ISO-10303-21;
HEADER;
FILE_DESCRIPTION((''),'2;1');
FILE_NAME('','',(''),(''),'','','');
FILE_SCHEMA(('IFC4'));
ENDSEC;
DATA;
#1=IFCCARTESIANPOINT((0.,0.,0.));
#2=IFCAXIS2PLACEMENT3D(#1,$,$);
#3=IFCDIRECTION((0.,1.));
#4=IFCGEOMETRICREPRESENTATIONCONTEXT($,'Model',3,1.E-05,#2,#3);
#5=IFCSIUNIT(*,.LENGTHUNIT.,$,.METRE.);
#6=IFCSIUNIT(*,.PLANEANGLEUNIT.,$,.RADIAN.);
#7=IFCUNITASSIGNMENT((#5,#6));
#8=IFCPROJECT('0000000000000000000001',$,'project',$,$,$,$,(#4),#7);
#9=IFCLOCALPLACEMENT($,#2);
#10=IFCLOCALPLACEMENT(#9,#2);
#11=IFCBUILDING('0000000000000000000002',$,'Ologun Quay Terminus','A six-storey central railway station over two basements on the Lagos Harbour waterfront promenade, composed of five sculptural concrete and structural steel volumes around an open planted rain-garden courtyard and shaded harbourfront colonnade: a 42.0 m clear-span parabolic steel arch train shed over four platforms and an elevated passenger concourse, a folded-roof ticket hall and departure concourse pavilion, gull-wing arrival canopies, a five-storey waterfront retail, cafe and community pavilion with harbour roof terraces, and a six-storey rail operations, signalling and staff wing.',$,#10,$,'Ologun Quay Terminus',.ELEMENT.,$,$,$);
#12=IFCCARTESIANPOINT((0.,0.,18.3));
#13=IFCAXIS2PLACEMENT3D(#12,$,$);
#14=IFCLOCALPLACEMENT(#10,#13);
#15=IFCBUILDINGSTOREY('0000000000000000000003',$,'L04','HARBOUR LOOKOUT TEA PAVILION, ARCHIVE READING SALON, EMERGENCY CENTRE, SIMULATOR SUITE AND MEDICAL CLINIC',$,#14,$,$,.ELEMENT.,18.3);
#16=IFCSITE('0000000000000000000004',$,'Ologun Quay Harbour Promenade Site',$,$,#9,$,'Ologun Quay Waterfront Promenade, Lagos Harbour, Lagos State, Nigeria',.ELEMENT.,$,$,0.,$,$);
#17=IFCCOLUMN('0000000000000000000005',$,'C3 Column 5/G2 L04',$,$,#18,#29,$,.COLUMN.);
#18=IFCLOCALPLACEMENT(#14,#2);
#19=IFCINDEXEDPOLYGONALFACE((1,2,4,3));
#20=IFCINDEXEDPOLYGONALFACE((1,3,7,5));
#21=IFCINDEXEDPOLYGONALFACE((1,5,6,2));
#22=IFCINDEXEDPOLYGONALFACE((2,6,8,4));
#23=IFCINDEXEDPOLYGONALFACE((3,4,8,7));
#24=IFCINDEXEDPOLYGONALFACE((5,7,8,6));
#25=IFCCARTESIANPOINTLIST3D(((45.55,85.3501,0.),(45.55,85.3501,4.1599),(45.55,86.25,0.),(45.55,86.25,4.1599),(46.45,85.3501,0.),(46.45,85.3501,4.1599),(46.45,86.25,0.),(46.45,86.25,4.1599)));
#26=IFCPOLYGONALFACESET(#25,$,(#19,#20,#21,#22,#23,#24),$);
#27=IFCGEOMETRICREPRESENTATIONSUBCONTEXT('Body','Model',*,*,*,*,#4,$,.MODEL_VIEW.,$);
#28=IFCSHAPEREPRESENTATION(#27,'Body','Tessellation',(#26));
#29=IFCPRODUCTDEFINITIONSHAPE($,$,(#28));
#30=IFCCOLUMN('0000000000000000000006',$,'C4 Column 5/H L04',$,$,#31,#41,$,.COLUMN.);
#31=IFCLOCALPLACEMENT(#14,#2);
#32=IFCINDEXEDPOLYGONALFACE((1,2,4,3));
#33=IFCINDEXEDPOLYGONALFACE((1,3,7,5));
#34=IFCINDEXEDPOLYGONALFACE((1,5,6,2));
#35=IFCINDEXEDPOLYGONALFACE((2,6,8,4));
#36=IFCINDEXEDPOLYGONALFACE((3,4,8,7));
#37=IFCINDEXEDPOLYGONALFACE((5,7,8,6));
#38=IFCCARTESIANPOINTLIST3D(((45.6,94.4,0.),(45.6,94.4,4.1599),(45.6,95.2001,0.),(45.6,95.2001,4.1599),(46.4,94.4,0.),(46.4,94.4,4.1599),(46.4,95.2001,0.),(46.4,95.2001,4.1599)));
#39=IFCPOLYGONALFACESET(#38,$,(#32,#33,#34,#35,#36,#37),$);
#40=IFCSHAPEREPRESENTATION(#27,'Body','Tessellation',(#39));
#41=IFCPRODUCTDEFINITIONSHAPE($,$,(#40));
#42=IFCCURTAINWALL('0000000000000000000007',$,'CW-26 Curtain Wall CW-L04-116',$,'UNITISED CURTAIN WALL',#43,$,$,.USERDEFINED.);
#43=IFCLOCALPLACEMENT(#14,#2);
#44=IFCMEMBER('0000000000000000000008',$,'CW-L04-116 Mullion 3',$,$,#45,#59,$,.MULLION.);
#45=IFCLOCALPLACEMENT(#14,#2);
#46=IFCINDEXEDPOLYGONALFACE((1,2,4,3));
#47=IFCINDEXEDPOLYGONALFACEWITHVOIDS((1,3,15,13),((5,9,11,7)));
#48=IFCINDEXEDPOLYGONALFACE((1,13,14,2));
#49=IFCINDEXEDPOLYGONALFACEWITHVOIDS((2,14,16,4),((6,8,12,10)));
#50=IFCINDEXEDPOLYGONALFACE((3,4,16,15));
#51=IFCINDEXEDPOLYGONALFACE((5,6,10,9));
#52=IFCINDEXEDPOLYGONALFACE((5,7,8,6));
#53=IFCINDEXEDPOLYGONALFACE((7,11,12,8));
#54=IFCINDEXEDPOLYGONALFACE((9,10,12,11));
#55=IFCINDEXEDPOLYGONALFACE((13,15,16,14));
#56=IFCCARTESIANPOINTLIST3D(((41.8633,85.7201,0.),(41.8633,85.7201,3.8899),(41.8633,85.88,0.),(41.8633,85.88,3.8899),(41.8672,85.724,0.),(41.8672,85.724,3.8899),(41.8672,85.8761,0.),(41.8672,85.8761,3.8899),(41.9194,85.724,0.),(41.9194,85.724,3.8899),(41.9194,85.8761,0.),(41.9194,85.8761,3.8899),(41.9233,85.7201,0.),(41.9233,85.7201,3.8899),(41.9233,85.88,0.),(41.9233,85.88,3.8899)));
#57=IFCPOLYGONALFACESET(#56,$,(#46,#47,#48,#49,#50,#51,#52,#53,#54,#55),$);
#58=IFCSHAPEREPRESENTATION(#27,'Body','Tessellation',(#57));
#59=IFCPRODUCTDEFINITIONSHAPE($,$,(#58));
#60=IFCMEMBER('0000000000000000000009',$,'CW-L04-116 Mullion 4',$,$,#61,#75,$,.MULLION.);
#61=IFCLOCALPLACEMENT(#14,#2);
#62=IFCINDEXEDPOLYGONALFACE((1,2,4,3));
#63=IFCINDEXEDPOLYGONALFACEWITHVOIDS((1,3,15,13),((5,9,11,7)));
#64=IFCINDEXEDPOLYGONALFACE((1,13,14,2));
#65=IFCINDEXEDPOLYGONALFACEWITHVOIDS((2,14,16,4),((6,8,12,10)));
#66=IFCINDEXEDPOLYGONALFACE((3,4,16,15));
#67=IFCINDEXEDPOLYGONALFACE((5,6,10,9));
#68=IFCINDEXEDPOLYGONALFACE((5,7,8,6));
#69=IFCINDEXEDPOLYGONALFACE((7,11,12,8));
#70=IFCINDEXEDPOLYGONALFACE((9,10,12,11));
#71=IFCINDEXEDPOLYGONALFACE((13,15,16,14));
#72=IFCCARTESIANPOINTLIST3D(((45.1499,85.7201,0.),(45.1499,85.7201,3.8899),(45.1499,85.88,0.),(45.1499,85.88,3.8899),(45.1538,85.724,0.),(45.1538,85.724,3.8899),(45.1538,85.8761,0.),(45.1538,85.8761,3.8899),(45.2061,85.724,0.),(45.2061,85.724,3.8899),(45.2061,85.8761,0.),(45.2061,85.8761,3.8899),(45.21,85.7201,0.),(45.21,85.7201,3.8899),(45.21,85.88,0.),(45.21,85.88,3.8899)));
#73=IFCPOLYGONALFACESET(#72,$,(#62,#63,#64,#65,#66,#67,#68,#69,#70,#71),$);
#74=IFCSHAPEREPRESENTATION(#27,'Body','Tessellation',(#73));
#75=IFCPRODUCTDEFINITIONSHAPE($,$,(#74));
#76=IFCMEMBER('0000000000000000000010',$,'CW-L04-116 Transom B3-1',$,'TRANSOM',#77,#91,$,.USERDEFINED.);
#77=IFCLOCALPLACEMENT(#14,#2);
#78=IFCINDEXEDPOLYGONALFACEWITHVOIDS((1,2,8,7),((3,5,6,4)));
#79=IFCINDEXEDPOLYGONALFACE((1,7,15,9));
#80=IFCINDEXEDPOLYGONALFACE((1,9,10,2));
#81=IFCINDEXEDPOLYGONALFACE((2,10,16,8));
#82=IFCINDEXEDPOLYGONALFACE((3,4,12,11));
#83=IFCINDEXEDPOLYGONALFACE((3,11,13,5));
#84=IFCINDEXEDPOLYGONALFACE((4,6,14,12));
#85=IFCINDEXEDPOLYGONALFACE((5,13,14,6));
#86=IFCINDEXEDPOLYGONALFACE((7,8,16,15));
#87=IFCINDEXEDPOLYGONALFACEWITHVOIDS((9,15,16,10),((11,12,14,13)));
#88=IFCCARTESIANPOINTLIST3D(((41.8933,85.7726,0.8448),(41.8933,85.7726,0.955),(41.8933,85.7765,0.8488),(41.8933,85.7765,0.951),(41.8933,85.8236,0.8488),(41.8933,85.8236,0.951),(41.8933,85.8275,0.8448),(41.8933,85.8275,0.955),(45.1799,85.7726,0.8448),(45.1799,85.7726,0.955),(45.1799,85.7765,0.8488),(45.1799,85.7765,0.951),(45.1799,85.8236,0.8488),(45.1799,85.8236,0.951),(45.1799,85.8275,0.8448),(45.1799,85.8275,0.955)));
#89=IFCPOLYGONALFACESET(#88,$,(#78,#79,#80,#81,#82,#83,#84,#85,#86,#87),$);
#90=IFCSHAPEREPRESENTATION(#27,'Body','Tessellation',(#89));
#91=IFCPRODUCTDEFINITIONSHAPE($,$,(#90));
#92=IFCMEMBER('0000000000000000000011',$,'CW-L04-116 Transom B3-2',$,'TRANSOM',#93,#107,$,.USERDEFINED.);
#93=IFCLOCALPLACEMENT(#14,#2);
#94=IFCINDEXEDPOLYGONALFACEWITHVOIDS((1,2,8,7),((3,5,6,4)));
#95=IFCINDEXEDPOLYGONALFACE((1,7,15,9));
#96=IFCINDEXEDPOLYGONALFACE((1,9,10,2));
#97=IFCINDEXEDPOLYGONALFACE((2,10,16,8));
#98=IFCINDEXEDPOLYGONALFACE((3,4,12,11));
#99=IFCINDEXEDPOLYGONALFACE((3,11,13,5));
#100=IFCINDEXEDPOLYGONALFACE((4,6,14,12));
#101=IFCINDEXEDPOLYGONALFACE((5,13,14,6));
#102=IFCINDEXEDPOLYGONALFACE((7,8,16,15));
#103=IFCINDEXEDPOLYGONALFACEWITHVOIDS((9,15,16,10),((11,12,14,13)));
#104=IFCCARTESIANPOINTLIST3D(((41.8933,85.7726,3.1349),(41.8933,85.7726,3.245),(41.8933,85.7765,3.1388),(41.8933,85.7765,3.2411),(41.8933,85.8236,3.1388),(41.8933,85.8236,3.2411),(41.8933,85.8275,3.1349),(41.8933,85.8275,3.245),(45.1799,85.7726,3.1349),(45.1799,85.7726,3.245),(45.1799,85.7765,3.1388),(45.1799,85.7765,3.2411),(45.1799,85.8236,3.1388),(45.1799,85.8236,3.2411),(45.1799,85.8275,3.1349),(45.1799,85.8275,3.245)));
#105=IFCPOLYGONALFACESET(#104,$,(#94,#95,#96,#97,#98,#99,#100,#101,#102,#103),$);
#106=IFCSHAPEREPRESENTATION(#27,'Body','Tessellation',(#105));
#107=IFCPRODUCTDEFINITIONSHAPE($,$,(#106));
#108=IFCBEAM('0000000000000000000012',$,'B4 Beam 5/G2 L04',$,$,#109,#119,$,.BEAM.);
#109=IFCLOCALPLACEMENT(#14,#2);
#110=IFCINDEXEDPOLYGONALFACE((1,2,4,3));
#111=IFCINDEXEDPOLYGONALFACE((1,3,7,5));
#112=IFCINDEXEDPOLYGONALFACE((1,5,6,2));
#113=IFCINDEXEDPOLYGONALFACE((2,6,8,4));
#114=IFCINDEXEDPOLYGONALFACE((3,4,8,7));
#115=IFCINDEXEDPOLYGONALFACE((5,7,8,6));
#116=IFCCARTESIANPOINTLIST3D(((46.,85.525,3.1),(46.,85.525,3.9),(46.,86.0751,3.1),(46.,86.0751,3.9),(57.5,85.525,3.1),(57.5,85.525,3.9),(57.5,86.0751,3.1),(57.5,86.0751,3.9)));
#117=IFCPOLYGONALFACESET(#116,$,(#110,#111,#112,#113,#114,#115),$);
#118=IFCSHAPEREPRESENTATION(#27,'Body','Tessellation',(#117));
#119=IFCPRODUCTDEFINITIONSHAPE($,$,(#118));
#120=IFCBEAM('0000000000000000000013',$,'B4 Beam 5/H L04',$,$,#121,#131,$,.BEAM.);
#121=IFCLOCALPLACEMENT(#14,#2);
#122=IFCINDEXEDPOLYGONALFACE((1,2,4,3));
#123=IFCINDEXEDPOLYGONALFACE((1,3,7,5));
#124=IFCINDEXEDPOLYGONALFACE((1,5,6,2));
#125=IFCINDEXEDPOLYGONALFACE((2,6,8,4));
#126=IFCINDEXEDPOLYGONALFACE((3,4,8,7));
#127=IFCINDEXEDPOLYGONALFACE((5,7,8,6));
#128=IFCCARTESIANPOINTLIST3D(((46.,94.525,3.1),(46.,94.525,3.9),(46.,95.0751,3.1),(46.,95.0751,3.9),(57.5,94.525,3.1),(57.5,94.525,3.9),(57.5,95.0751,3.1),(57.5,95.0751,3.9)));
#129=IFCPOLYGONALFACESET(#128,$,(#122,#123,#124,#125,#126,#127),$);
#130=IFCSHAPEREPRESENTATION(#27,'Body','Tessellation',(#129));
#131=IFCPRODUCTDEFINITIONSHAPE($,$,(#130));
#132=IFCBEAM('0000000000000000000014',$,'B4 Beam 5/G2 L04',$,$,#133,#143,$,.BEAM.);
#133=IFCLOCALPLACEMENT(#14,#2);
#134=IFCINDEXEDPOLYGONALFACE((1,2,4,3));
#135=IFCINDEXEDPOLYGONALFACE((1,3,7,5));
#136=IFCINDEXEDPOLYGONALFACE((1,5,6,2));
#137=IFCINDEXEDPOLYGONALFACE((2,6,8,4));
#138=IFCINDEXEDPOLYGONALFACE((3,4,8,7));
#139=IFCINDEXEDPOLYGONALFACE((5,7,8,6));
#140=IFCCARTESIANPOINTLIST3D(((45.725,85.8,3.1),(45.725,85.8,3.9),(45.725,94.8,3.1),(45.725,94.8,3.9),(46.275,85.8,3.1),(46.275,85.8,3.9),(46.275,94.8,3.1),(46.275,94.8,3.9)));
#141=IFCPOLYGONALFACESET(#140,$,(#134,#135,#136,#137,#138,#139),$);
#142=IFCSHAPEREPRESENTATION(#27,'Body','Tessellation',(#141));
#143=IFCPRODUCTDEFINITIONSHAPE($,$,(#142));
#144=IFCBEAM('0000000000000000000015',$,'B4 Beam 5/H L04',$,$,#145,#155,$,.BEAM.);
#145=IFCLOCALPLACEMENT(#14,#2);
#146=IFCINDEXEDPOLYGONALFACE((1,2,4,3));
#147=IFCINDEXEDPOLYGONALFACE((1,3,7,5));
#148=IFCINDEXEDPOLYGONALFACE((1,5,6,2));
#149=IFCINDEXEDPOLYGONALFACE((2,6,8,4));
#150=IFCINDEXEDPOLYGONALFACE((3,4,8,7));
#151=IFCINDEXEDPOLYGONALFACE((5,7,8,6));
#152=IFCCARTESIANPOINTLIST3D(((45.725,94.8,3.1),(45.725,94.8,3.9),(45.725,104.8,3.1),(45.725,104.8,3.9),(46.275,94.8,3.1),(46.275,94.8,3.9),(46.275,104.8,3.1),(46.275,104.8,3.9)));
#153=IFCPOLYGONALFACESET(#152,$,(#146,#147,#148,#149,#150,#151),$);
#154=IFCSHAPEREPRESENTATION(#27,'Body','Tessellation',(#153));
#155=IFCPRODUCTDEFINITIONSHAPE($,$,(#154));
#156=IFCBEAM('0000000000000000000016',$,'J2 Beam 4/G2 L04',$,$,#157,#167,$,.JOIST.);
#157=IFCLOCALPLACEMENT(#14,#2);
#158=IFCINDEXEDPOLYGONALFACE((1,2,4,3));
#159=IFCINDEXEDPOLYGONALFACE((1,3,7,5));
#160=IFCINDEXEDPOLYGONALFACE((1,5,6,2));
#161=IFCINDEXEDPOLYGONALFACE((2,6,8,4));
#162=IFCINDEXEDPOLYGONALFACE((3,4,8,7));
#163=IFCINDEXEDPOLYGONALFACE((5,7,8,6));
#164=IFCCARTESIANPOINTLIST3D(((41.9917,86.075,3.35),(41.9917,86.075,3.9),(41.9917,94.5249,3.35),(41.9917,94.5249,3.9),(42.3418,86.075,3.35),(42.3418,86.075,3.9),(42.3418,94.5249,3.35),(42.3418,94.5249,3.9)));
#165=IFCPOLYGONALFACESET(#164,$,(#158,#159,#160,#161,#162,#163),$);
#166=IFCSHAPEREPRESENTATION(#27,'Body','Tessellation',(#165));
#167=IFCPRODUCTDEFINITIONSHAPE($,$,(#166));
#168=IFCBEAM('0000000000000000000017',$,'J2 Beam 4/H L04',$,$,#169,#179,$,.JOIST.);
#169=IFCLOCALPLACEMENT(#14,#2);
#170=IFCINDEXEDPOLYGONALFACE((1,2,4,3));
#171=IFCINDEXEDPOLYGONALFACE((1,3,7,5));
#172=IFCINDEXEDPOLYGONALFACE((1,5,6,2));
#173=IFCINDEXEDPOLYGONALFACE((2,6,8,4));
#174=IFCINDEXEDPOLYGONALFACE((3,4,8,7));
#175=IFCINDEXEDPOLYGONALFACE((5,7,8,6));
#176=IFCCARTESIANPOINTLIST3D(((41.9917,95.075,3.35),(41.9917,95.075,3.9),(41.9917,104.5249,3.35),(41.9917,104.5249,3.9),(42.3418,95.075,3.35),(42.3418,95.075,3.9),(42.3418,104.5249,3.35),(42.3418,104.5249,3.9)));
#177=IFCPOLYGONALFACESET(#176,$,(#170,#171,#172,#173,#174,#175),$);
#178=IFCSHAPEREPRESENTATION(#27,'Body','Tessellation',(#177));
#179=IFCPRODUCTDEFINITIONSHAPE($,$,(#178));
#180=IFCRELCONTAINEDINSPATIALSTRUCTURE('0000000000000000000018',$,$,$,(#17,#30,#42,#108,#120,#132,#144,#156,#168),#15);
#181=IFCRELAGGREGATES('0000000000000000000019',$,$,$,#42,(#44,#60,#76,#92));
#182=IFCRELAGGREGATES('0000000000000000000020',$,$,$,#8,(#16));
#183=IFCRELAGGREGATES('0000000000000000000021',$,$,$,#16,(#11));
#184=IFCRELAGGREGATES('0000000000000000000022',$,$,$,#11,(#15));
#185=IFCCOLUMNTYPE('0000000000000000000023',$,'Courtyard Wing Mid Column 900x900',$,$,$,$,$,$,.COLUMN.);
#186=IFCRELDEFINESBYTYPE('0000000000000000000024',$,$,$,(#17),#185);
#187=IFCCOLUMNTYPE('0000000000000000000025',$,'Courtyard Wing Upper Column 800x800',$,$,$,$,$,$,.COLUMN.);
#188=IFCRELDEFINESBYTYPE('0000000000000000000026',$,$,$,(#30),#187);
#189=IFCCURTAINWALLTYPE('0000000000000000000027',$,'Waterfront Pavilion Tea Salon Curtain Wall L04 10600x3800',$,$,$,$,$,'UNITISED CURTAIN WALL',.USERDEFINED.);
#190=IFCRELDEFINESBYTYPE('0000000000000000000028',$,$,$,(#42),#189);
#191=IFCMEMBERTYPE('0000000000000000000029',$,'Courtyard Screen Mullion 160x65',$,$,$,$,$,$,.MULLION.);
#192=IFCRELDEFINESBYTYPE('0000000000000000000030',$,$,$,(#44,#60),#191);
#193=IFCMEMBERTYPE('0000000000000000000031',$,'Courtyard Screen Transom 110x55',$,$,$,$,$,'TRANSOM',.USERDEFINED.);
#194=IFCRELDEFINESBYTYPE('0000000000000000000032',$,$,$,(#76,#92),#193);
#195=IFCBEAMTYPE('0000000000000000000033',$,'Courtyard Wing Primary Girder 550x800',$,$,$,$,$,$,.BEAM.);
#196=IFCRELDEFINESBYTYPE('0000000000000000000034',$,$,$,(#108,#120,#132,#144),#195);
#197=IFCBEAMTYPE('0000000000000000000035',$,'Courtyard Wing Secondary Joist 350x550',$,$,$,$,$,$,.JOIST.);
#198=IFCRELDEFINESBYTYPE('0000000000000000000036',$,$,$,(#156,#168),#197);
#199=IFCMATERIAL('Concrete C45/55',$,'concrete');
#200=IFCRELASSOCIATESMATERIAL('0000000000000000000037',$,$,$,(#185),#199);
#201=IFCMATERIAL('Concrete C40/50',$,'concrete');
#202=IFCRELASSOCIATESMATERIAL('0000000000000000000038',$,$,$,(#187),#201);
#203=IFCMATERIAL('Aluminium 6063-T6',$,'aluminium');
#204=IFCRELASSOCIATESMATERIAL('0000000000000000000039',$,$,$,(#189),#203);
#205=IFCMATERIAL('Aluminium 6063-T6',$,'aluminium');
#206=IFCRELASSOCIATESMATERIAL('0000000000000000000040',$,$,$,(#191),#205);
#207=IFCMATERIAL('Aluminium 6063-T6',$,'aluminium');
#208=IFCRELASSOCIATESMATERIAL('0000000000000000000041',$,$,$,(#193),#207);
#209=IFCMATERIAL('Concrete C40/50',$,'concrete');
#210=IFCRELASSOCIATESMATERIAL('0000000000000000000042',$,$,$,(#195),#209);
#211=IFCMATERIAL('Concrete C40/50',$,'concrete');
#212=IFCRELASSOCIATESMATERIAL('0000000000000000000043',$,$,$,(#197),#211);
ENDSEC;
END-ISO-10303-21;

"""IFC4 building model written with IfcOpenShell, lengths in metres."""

from ifc_helpers import new_model, si_unit, direction, frame, origin, origin_2d, place, context, subcontext, project, spatial, rectangle, hollow_rectangle, extrude, material, material_profile, profile_set, type_object, element, aggregate, save


model = new_model("IFC4")

# Units and contexts
model_context = context("Model", 3, precision=1e-05, world=origin(), true_north=direction((0.0, 1.0)))
body_context = subcontext(model_context, "Body", "Model", "MODEL_VIEW")
ifc_project = project(units=[si_unit("LENGTHUNIT", "METRE"), si_unit("PLANEANGLEUNIT", "RADIAN")], contexts=[model_context])

# Site, building, storey
site_placement = place(None, origin())
site = spatial("IfcSite", under=ifc_project, at=site_placement, Name="Ologun Quay Harbour Promenade Site", LongName="Ologun Quay Waterfront Promenade, Lagos Harbour, Lagos State, Nigeria", CompositionType="ELEMENT", RefElevation=0.0)
building_placement = place(site_placement, origin())
building = spatial("IfcBuilding", under=site, at=building_placement, Name="Ologun Quay Terminus", Description="A six-storey central railway station over two basements on the Lagos Harbour waterfront promenade, composed of five sculptural concrete and structural steel volumes around an open planted rain-garden courtyard and shaded harbourfront colonnade: a 42.0 m clear-span parabolic steel arch train shed over four platforms and an elevated passenger concourse, a folded-roof ticket hall and departure concourse pavilion, gull-wing arrival canopies, a five-storey waterfront retail, cafe and community pavilion with harbour roof terraces, and a six-storey rail operations, signalling and staff wing.", LongName="Ologun Quay Terminus", CompositionType="ELEMENT")
storey_placement = place(building_placement, frame((0.0, 0.0, 18.3)))
storey = spatial("IfcBuildingStorey", under=building, at=storey_placement, Name="L04", Description="HARBOUR LOOKOUT TEA PAVILION, ARCHIVE READING SALON, EMERGENCY CENTRE, SIMULATOR SUITE AND MEDICAL CLINIC", CompositionType="ELEMENT", Elevation=18.3)

# Columns
ifc_material_1 = material(Name="Concrete C45/55", Category="concrete")
ifc_material_profile_1 = material_profile(ifc_material_1, rectangle(XDim=0.8999, YDim=0.8999, at=origin_2d()), Name="RC 900x900")
ifc_profile_set_1 = profile_set([ifc_material_profile_1], Name="Concrete C45/55")
column_type_1 = type_object("IfcColumnType", Name="Courtyard Wing Mid Column 900x900", PredefinedType="COLUMN", material=ifc_profile_set_1)
column_1_placement = place(storey_placement, frame((46.0, 85.8, 0.0), z_axis=(0.0, 0.0, 1.0), x_axis=(1.0, 0.0, 0.0)))
element("IfcColumn", 1, at=column_1_placement, inside=storey, type_object=column_type_1, Name="C3 Column 5/G2 L04", PredefinedType="COLUMN", context=body_context, shape_type="SweptSolid", body=[
    extrude(rectangle(XDim=0.8999, YDim=0.8999, at=origin_2d()), origin(), (0.0, 0.0, 1.0), 4.1599),
])
ifc_material_2 = material(Name="Concrete C40/50", Category="concrete")
ifc_material_profile_2 = material_profile(ifc_material_2, rectangle(XDim=0.8, YDim=0.8, at=origin_2d()), Name="RC 800x800")
ifc_profile_set_2 = profile_set([ifc_material_profile_2], Name="Concrete C40/50")
column_type_2 = type_object("IfcColumnType", Name="Courtyard Wing Upper Column 800x800", PredefinedType="COLUMN", material=ifc_profile_set_2)
column_2_placement = place(storey_placement, frame((46.0, 94.8, 0.0), z_axis=(0.0, 0.0, 1.0), x_axis=(1.0, 0.0, 0.0)))
element("IfcColumn", 2, at=column_2_placement, inside=storey, type_object=column_type_2, Name="C4 Column 5/H L04", PredefinedType="COLUMN", context=body_context, shape_type="SweptSolid", body=[
    extrude(rectangle(XDim=0.8, YDim=0.8, at=origin_2d()), origin(), (0.0, 0.0, 1.0), 4.1599),
])

# Curtain wall, members
ifc_material_3 = material(Name="Aluminium 6063-T6", Category="aluminium")
curtain_wall_type = type_object("IfcCurtainWallType", Name="Waterfront Pavilion Tea Salon Curtain Wall L04 10600x3800", ElementType="UNITISED CURTAIN WALL", PredefinedType="USERDEFINED", material=ifc_material_3)
curtain_wall_placement = place(storey_placement, origin())
curtain_wall = element("IfcCurtainWall", 3, at=curtain_wall_placement, inside=storey, type_object=curtain_wall_type, Name="CW-26 Curtain Wall CW-L04-116", ObjectType="UNITISED CURTAIN WALL", PredefinedType="USERDEFINED")
ifc_material_4 = material(Name="Aluminium 6063-T6", Category="aluminium")
ifc_material_profile_3 = material_profile(ifc_material_4, hollow_rectangle(XDim=0.0601, YDim=0.1599, WallThickness=0.0039, at=origin_2d()), Name="ALU 160x60x4")
ifc_profile_set_3 = profile_set([ifc_material_profile_3], Name="Aluminium 6063-T6")
member_type_1 = type_object("IfcMemberType", Name="Courtyard Screen Mullion 160x65", PredefinedType="MULLION", material=ifc_profile_set_3)
member_1_placement = place(storey_placement, frame((41.8933, 85.8, 0.0), z_axis=(0.0, 0.0, 1.0), x_axis=(1.0, 0.0, 0.0)))
member_1 = element("IfcMember", 4, at=member_1_placement, type_object=member_type_1, Name="CW-L04-116 Mullion 3", PredefinedType="MULLION", context=body_context, shape_type="SweptSolid", body=[
    extrude(hollow_rectangle(XDim=0.0601, YDim=0.1599, WallThickness=0.0039, at=origin_2d()), origin(), (0.0, 0.0, 1.0), 3.8899),
])
member_2_placement = place(storey_placement, frame((45.1799, 85.8, 0.0), z_axis=(0.0, 0.0, 1.0), x_axis=(1.0, 0.0, 0.0)))
member_2 = element("IfcMember", 5, at=member_2_placement, type_object=member_type_1, Name="CW-L04-116 Mullion 4", PredefinedType="MULLION", context=body_context, shape_type="SweptSolid", body=[
    extrude(hollow_rectangle(XDim=0.0601, YDim=0.1599, WallThickness=0.0039, at=origin_2d()), origin(), (0.0, 0.0, 1.0), 3.8899),
])
ifc_material_5 = material(Name="Aluminium 6063-T6", Category="aluminium")
ifc_material_profile_4 = material_profile(ifc_material_5, hollow_rectangle(XDim=0.0549, YDim=0.1101, WallThickness=0.0039, at=origin_2d()), Name="ALU 110x55x4")
ifc_profile_set_4 = profile_set([ifc_material_profile_4], Name="Aluminium 6063-T6")
member_type_2 = type_object("IfcMemberType", Name="Courtyard Screen Transom 110x55", ElementType="TRANSOM", PredefinedType="USERDEFINED", material=ifc_profile_set_4)
member_3_placement = place(storey_placement, frame((41.8933, 85.8, 0.8999), z_axis=(1.0, 0.0, 0.0), x_axis=(0.0, 1.0, 0.0)))
member_3 = element("IfcMember", 6, at=member_3_placement, type_object=member_type_2, Name="CW-L04-116 Transom B3-1", ObjectType="TRANSOM", PredefinedType="USERDEFINED", context=body_context, shape_type="SweptSolid", body=[
    extrude(hollow_rectangle(XDim=0.0549, YDim=0.1101, WallThickness=0.0039, at=origin_2d()), origin(), (0.0, 0.0, 1.0), 3.2866),
])
member_4_placement = place(storey_placement, frame((41.8933, 85.8, 3.1899), z_axis=(1.0, 0.0, 0.0), x_axis=(0.0, 1.0, 0.0)))
member_4 = element("IfcMember", 7, at=member_4_placement, type_object=member_type_2, Name="CW-L04-116 Transom B3-2", ObjectType="TRANSOM", PredefinedType="USERDEFINED", context=body_context, shape_type="SweptSolid", body=[
    extrude(hollow_rectangle(XDim=0.0549, YDim=0.1101, WallThickness=0.0039, at=origin_2d()), origin(), (0.0, 0.0, 1.0), 3.2866),
])

# Beams
ifc_material_6 = material(Name="Concrete C40/50", Category="concrete")
ifc_material_profile_5 = material_profile(ifc_material_6, rectangle(XDim=0.55, YDim=0.8, at=origin_2d()), Name="RC 550x800")
ifc_profile_set_5 = profile_set([ifc_material_profile_5], Name="Concrete C40/50")
beam_type_1 = type_object("IfcBeamType", Name="Courtyard Wing Primary Girder 550x800", PredefinedType="BEAM", material=ifc_profile_set_5)
for number, where, z_axis, x_axis, name in (
    (8, (46.0, 85.8, 3.5), (1.0, 0.0, 0.0), (0.0, 1.0, 0.0), "B4 Beam 5/G2 L04"),
    (9, (46.0, 94.8, 3.5), (1.0, 0.0, 0.0), (0.0, 1.0, 0.0), "B4 Beam 5/H L04"),
):
    element("IfcBeam", number, at=place(storey_placement, frame(where, z_axis=z_axis, x_axis=x_axis)), inside=storey, type_object=beam_type_1, Name=name, PredefinedType="BEAM", context=body_context, shape_type="SweptSolid", body=[
        extrude(rectangle(XDim=0.55, YDim=0.8, at=origin_2d()), origin(), (0.0, 0.0, 1.0), 11.5),
    ])
beam_1_placement = place(storey_placement, frame((46.0, 85.8, 3.5), z_axis=(0.0, 1.0, 0.0), x_axis=(-1.0, 0.0, 0.0)))
element("IfcBeam", 10, at=beam_1_placement, inside=storey, type_object=beam_type_1, Name="B4 Beam 5/G2 L04", PredefinedType="BEAM", context=body_context, shape_type="SweptSolid", body=[
    extrude(rectangle(XDim=0.55, YDim=0.8, at=origin_2d()), origin(), (0.0, 0.0, 1.0), 9.0),
])
beam_2_placement = place(storey_placement, frame((46.0, 94.8, 3.5), z_axis=(0.0, 1.0, 0.0), x_axis=(-1.0, 0.0, 0.0)))
element("IfcBeam", 11, at=beam_2_placement, inside=storey, type_object=beam_type_1, Name="B4 Beam 5/H L04", PredefinedType="BEAM", context=body_context, shape_type="SweptSolid", body=[
    extrude(rectangle(XDim=0.55, YDim=0.8, at=origin_2d()), origin(), (0.0, 0.0, 1.0), 10.0),
])
ifc_material_7 = material(Name="Concrete C40/50", Category="concrete")
ifc_material_profile_6 = material_profile(ifc_material_7, rectangle(XDim=0.3501, YDim=0.55, at=origin_2d()), Name="RC 350x550")
ifc_profile_set_6 = profile_set([ifc_material_profile_6], Name="Concrete C40/50")
beam_type_2 = type_object("IfcBeamType", Name="Courtyard Wing Secondary Joist 350x550", PredefinedType="JOIST", material=ifc_profile_set_6)
beam_3_placement = place(storey_placement, frame((42.1667, 86.075, 3.625), z_axis=(0.0, 1.0, 0.0), x_axis=(-1.0, 0.0, 0.0)))
element("IfcBeam", 12, at=beam_3_placement, inside=storey, type_object=beam_type_2, Name="J2 Beam 4/G2 L04", PredefinedType="JOIST", context=body_context, shape_type="SweptSolid", body=[
    extrude(rectangle(XDim=0.3501, YDim=0.55, at=origin_2d()), origin(), (0.0, 0.0, 1.0), 8.45),
])
beam_4_placement = place(storey_placement, frame((42.1667, 95.075, 3.625), z_axis=(0.0, 1.0, 0.0), x_axis=(-1.0, 0.0, 0.0)))
element("IfcBeam", 13, at=beam_4_placement, inside=storey, type_object=beam_type_2, Name="J2 Beam 4/H L04", PredefinedType="JOIST", context=body_context, shape_type="SweptSolid", body=[
    extrude(rectangle(XDim=0.3501, YDim=0.55, at=origin_2d()), origin(), (0.0, 0.0, 1.0), 9.45),
])

aggregate(curtain_wall, [member_1, member_2, member_3, member_4])

save(model, "model.ifc")
